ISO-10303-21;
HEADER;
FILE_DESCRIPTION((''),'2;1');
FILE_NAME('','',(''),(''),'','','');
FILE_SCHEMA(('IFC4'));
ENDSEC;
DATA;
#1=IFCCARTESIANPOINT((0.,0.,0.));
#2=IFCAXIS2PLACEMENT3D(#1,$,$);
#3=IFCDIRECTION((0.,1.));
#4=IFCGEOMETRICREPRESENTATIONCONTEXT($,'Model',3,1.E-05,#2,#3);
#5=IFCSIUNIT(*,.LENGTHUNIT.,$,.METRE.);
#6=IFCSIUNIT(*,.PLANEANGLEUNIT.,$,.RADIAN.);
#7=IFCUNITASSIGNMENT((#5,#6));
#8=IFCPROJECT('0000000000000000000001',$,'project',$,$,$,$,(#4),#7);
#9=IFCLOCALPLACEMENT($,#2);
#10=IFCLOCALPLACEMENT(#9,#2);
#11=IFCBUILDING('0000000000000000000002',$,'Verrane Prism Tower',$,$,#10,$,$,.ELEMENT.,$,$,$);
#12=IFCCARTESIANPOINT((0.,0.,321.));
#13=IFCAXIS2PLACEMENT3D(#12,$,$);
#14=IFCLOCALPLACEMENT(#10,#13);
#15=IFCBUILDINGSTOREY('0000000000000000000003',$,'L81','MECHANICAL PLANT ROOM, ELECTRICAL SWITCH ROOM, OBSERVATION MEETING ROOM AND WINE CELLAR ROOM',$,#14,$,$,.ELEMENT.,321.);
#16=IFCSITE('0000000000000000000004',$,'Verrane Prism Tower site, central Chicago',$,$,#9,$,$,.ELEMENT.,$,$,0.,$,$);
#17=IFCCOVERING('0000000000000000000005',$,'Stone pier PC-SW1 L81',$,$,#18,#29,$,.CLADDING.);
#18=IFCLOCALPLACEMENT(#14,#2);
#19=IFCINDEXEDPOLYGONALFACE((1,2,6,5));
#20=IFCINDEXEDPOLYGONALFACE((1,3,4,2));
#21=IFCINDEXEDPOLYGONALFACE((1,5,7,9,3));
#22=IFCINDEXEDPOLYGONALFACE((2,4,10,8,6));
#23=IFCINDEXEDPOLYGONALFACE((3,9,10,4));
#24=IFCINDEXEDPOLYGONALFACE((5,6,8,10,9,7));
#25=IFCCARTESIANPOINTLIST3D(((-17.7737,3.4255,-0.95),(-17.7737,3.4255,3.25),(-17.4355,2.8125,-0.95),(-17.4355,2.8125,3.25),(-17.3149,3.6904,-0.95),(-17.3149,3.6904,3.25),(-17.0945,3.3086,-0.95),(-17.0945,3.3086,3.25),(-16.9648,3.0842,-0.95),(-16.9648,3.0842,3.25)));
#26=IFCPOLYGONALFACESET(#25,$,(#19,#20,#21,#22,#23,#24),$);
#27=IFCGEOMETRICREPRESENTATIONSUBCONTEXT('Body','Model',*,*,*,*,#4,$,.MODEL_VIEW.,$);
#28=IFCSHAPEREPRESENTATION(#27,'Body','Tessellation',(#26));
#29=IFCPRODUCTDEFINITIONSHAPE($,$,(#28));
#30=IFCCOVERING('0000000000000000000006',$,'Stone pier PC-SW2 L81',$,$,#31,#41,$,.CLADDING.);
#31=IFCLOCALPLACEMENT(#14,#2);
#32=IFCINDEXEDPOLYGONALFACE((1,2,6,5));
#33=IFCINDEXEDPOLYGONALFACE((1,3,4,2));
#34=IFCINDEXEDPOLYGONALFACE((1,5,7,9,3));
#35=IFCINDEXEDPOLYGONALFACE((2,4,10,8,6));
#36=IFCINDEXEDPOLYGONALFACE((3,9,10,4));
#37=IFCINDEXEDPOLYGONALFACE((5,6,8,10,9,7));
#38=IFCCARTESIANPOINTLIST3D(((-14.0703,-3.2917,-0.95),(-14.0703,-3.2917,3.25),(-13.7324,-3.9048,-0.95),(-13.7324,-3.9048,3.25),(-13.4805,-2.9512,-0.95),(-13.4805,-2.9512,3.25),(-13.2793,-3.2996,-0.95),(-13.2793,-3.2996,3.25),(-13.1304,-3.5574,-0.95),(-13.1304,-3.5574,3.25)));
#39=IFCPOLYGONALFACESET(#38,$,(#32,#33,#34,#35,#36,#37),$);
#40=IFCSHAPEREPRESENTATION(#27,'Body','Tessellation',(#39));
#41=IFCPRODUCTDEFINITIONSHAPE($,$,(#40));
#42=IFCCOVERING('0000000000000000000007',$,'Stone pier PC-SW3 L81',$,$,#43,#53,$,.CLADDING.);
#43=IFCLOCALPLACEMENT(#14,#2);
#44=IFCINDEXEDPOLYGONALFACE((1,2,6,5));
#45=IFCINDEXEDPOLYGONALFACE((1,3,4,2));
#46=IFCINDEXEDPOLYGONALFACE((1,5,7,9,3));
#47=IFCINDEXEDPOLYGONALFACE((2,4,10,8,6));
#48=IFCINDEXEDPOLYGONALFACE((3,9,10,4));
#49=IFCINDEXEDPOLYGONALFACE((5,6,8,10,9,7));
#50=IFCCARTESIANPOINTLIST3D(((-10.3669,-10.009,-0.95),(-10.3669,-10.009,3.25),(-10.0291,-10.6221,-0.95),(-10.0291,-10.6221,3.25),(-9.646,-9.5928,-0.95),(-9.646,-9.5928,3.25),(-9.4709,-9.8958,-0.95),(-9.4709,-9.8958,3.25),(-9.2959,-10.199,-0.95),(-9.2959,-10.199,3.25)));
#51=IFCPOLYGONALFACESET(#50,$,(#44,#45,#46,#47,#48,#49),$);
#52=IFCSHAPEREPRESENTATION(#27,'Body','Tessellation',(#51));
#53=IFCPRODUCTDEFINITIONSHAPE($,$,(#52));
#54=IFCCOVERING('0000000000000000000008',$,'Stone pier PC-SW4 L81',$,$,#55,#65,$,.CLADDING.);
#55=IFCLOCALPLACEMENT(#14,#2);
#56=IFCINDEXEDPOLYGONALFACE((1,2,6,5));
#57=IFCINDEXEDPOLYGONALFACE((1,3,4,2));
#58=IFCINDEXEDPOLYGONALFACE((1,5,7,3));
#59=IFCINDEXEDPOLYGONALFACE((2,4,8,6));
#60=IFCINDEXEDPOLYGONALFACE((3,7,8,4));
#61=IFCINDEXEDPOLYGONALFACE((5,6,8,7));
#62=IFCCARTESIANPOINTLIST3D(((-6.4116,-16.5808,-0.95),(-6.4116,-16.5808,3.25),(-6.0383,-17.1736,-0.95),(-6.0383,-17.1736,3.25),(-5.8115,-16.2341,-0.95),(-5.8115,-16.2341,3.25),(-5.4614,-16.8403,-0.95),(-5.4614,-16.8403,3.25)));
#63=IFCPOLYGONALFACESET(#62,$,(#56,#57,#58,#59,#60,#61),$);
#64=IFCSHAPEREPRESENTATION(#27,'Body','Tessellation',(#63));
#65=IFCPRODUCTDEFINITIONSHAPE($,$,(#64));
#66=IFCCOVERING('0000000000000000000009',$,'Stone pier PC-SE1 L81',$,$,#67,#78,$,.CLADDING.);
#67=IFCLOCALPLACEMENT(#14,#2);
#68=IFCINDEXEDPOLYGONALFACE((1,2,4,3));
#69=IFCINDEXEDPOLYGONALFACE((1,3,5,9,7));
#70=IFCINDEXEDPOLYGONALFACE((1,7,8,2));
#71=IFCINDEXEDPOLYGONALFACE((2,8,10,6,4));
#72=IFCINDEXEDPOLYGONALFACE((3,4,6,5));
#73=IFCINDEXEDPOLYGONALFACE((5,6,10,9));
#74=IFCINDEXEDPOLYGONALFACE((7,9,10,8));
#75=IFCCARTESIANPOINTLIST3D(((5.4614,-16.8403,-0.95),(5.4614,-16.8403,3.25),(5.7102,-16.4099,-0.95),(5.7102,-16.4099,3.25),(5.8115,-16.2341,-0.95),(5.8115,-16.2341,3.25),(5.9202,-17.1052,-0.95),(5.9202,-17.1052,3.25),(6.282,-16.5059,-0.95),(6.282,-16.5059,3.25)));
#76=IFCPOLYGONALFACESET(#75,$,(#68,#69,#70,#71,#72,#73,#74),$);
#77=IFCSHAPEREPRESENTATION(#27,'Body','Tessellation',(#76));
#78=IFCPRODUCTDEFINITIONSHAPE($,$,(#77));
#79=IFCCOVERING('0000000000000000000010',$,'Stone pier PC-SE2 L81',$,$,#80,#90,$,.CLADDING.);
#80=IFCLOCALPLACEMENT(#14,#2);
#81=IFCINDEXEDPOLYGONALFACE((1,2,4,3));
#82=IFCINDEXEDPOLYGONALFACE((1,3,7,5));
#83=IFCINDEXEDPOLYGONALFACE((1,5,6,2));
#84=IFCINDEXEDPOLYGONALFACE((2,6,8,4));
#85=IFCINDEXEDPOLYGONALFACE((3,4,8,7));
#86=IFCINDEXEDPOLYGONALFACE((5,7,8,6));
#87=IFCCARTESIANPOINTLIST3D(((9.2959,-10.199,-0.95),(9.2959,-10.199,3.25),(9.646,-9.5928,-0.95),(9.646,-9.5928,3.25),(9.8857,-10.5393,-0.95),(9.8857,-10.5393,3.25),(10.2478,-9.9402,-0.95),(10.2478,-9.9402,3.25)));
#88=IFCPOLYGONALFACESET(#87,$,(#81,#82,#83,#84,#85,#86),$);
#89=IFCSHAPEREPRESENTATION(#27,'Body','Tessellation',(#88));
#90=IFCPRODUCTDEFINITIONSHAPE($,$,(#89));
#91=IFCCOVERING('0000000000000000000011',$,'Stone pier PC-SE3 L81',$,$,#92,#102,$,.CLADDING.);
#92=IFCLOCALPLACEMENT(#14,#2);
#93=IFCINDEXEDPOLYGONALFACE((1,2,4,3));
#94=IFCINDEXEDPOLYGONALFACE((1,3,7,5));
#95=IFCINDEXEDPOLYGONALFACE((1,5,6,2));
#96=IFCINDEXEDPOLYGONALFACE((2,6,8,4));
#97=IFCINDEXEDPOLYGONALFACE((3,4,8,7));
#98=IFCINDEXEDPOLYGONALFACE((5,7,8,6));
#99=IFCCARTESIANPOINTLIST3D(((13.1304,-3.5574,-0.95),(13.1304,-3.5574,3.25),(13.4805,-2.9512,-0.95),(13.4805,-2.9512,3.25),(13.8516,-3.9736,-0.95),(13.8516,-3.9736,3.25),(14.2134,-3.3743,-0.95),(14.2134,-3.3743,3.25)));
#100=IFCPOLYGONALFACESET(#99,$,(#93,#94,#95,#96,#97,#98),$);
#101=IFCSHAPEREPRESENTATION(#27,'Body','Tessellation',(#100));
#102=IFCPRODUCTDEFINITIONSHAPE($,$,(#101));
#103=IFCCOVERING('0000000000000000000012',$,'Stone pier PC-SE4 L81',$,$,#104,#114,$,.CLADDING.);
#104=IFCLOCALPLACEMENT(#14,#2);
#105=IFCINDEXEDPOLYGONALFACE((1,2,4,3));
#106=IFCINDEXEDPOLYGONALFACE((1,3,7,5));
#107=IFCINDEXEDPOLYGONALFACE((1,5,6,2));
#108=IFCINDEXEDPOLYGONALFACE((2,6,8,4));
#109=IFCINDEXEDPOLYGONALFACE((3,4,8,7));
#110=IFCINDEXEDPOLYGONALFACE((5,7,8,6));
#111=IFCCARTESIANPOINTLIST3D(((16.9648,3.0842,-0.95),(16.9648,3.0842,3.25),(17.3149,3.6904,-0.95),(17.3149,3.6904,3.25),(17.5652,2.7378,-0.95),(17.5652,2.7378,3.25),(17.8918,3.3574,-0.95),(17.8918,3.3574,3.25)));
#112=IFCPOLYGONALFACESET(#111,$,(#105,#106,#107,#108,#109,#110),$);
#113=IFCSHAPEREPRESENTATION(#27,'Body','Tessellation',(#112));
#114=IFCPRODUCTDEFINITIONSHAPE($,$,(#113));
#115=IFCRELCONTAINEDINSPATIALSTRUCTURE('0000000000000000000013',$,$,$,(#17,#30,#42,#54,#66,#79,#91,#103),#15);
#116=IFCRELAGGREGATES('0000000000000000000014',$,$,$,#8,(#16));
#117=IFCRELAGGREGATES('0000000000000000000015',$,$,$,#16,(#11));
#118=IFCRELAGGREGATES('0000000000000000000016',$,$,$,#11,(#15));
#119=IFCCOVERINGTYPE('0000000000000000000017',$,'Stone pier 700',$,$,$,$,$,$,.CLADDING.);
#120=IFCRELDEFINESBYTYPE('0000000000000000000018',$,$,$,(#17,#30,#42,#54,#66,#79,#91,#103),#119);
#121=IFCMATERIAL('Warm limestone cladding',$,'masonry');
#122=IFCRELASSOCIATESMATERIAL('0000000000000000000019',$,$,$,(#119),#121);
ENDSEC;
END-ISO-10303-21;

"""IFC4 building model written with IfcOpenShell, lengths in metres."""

from ifc_helpers import new_model, si_unit, direction, frame, origin, place, context, subcontext, project, spatial, polyline, outline, extrude, material, type_object, element, save


model = new_model("IFC4")

# Units and contexts
model_context = context("Model", 3, precision=1e-05, world=origin(), true_north=direction((0.0, 1.0)))
body_context = subcontext(model_context, "Body", "Model", "MODEL_VIEW")
ifc_project = project(units=[si_unit("LENGTHUNIT", "METRE"), si_unit("PLANEANGLEUNIT", "RADIAN")], contexts=[model_context])

# Site, building, storey
site_placement = place(None, origin())
site = spatial("IfcSite", under=ifc_project, at=site_placement, Name="Verrane Prism Tower site, central Chicago", CompositionType="ELEMENT", RefElevation=0.0)
building_placement = place(site_placement, origin())
building = spatial("IfcBuilding", under=site, at=building_placement, Name="Verrane Prism Tower", CompositionType="ELEMENT")
storey_placement = place(building_placement, frame((0.0, 0.0, 321.0)))
storey = spatial("IfcBuildingStorey", under=building, at=storey_placement, Name="L81", Description="MECHANICAL PLANT ROOM, ELECTRICAL SWITCH ROOM, OBSERVATION MEETING ROOM AND WINE CELLAR ROOM", CompositionType="ELEMENT", Elevation=321.0)

# Coverings
ifc_material_1 = material(Name="Warm limestone cladding", Category="masonry")
covering_type_1 = type_object("IfcCoveringType", Name="Stone pier 700", PredefinedType="CLADDING", material=ifc_material_1)
covering_1_placement = place(storey_placement, frame((0.0, 0.0, -0.95)))
element("IfcCovering", 1, at=covering_1_placement, inside=storey, type_object=covering_type_1, Name="Stone pier PC-SW1 L81", PredefinedType="CLADDING", context=body_context, shape_type="SweptSolid", body=[
    extrude(outline(polyline([(-16.9648, 3.0842), (-17.0945, 3.3086), (-17.3149, 3.6904), (-17.7737, 3.4255), (-17.4355, 2.8125), (-16.9648, 3.0842)])), origin(), (0.0, 0.0, 1.0), 4.2),
])
covering_2_placement = place(storey_placement, frame((0.0, 0.0, -0.95)))
element("IfcCovering", 2, at=covering_2_placement, inside=storey, type_object=covering_type_1, Name="Stone pier PC-SW2 L81", PredefinedType="CLADDING", context=body_context, shape_type="SweptSolid", body=[
    extrude(outline(polyline([(-13.1304, -3.5574), (-13.2793, -3.2996), (-13.4805, -2.9512), (-14.0703, -3.2917), (-13.7324, -3.9048), (-13.1304, -3.5574)])), origin(), (0.0, 0.0, 1.0), 4.2),
])
covering_3_placement = place(storey_placement, frame((0.0, 0.0, -0.95)))
element("IfcCovering", 3, at=covering_3_placement, inside=storey, type_object=covering_type_1, Name="Stone pier PC-SW3 L81", PredefinedType="CLADDING", context=body_context, shape_type="SweptSolid", body=[
    extrude(outline(polyline([(-9.2959, -10.199), (-9.4709, -9.8958), (-9.646, -9.5928), (-10.3669, -10.009), (-10.0291, -10.6221), (-9.2959, -10.199)])), origin(), (0.0, 0.0, 1.0), 4.2),
])
covering_4_placement = place(storey_placement, frame((0.0, 0.0, -0.95)))
element("IfcCovering", 4, at=covering_4_placement, inside=storey, type_object=covering_type_1, Name="Stone pier PC-SW4 L81", PredefinedType="CLADDING", context=body_context, shape_type="SweptSolid", body=[
    extrude(outline(polyline([(-5.4614, -16.8403), (-5.8115, -16.2341), (-6.4116, -16.5808), (-6.0383, -17.1736), (-5.4614, -16.8403)])), origin(), (0.0, 0.0, 1.0), 4.2),
])
covering_5_placement = place(storey_placement, frame((0.0, 0.0, -0.95)))
element("IfcCovering", 5, at=covering_5_placement, inside=storey, type_object=covering_type_1, Name="Stone pier PC-SE1 L81", PredefinedType="CLADDING", context=body_context, shape_type="SweptSolid", body=[
    extrude(outline(polyline([(5.8115, -16.2341), (5.7102, -16.4099), (5.4614, -16.8403), (5.9202, -17.1052), (6.282, -16.5059), (5.8115, -16.2341)])), origin(), (0.0, 0.0, 1.0), 4.2),
])
covering_6_placement = place(storey_placement, frame((0.0, 0.0, -0.95)))
element("IfcCovering", 6, at=covering_6_placement, inside=storey, type_object=covering_type_1, Name="Stone pier PC-SE2 L81", PredefinedType="CLADDING", context=body_context, shape_type="SweptSolid", body=[
    extrude(outline(polyline([(9.646, -9.5928), (9.2959, -10.199), (9.8857, -10.5393), (10.2478, -9.9402), (9.646, -9.5928)])), origin(), (0.0, 0.0, 1.0), 4.2),
])
covering_7_placement = place(storey_placement, frame((0.0, 0.0, -0.95)))
element("IfcCovering", 7, at=covering_7_placement, inside=storey, type_object=covering_type_1, Name="Stone pier PC-SE3 L81", PredefinedType="CLADDING", context=body_context, shape_type="SweptSolid", body=[
    extrude(outline(polyline([(13.4805, -2.9512), (13.1304, -3.5574), (13.8516, -3.9736), (14.2134, -3.3743), (13.4805, -2.9512)])), origin(), (0.0, 0.0, 1.0), 4.2),
])
covering_8_placement = place(storey_placement, frame((0.0, 0.0, -0.95)))
element("IfcCovering", 8, at=covering_8_placement, inside=storey, type_object=covering_type_1, Name="Stone pier PC-SE4 L81", PredefinedType="CLADDING", context=body_context, shape_type="SweptSolid", body=[
    extrude(outline(polyline([(17.3149, 3.6904), (16.9648, 3.0842), (17.5652, 2.7378), (17.8918, 3.3574), (17.3149, 3.6904)])), origin(), (0.0, 0.0, 1.0), 4.2),
])

save(model, "model.ifc")
